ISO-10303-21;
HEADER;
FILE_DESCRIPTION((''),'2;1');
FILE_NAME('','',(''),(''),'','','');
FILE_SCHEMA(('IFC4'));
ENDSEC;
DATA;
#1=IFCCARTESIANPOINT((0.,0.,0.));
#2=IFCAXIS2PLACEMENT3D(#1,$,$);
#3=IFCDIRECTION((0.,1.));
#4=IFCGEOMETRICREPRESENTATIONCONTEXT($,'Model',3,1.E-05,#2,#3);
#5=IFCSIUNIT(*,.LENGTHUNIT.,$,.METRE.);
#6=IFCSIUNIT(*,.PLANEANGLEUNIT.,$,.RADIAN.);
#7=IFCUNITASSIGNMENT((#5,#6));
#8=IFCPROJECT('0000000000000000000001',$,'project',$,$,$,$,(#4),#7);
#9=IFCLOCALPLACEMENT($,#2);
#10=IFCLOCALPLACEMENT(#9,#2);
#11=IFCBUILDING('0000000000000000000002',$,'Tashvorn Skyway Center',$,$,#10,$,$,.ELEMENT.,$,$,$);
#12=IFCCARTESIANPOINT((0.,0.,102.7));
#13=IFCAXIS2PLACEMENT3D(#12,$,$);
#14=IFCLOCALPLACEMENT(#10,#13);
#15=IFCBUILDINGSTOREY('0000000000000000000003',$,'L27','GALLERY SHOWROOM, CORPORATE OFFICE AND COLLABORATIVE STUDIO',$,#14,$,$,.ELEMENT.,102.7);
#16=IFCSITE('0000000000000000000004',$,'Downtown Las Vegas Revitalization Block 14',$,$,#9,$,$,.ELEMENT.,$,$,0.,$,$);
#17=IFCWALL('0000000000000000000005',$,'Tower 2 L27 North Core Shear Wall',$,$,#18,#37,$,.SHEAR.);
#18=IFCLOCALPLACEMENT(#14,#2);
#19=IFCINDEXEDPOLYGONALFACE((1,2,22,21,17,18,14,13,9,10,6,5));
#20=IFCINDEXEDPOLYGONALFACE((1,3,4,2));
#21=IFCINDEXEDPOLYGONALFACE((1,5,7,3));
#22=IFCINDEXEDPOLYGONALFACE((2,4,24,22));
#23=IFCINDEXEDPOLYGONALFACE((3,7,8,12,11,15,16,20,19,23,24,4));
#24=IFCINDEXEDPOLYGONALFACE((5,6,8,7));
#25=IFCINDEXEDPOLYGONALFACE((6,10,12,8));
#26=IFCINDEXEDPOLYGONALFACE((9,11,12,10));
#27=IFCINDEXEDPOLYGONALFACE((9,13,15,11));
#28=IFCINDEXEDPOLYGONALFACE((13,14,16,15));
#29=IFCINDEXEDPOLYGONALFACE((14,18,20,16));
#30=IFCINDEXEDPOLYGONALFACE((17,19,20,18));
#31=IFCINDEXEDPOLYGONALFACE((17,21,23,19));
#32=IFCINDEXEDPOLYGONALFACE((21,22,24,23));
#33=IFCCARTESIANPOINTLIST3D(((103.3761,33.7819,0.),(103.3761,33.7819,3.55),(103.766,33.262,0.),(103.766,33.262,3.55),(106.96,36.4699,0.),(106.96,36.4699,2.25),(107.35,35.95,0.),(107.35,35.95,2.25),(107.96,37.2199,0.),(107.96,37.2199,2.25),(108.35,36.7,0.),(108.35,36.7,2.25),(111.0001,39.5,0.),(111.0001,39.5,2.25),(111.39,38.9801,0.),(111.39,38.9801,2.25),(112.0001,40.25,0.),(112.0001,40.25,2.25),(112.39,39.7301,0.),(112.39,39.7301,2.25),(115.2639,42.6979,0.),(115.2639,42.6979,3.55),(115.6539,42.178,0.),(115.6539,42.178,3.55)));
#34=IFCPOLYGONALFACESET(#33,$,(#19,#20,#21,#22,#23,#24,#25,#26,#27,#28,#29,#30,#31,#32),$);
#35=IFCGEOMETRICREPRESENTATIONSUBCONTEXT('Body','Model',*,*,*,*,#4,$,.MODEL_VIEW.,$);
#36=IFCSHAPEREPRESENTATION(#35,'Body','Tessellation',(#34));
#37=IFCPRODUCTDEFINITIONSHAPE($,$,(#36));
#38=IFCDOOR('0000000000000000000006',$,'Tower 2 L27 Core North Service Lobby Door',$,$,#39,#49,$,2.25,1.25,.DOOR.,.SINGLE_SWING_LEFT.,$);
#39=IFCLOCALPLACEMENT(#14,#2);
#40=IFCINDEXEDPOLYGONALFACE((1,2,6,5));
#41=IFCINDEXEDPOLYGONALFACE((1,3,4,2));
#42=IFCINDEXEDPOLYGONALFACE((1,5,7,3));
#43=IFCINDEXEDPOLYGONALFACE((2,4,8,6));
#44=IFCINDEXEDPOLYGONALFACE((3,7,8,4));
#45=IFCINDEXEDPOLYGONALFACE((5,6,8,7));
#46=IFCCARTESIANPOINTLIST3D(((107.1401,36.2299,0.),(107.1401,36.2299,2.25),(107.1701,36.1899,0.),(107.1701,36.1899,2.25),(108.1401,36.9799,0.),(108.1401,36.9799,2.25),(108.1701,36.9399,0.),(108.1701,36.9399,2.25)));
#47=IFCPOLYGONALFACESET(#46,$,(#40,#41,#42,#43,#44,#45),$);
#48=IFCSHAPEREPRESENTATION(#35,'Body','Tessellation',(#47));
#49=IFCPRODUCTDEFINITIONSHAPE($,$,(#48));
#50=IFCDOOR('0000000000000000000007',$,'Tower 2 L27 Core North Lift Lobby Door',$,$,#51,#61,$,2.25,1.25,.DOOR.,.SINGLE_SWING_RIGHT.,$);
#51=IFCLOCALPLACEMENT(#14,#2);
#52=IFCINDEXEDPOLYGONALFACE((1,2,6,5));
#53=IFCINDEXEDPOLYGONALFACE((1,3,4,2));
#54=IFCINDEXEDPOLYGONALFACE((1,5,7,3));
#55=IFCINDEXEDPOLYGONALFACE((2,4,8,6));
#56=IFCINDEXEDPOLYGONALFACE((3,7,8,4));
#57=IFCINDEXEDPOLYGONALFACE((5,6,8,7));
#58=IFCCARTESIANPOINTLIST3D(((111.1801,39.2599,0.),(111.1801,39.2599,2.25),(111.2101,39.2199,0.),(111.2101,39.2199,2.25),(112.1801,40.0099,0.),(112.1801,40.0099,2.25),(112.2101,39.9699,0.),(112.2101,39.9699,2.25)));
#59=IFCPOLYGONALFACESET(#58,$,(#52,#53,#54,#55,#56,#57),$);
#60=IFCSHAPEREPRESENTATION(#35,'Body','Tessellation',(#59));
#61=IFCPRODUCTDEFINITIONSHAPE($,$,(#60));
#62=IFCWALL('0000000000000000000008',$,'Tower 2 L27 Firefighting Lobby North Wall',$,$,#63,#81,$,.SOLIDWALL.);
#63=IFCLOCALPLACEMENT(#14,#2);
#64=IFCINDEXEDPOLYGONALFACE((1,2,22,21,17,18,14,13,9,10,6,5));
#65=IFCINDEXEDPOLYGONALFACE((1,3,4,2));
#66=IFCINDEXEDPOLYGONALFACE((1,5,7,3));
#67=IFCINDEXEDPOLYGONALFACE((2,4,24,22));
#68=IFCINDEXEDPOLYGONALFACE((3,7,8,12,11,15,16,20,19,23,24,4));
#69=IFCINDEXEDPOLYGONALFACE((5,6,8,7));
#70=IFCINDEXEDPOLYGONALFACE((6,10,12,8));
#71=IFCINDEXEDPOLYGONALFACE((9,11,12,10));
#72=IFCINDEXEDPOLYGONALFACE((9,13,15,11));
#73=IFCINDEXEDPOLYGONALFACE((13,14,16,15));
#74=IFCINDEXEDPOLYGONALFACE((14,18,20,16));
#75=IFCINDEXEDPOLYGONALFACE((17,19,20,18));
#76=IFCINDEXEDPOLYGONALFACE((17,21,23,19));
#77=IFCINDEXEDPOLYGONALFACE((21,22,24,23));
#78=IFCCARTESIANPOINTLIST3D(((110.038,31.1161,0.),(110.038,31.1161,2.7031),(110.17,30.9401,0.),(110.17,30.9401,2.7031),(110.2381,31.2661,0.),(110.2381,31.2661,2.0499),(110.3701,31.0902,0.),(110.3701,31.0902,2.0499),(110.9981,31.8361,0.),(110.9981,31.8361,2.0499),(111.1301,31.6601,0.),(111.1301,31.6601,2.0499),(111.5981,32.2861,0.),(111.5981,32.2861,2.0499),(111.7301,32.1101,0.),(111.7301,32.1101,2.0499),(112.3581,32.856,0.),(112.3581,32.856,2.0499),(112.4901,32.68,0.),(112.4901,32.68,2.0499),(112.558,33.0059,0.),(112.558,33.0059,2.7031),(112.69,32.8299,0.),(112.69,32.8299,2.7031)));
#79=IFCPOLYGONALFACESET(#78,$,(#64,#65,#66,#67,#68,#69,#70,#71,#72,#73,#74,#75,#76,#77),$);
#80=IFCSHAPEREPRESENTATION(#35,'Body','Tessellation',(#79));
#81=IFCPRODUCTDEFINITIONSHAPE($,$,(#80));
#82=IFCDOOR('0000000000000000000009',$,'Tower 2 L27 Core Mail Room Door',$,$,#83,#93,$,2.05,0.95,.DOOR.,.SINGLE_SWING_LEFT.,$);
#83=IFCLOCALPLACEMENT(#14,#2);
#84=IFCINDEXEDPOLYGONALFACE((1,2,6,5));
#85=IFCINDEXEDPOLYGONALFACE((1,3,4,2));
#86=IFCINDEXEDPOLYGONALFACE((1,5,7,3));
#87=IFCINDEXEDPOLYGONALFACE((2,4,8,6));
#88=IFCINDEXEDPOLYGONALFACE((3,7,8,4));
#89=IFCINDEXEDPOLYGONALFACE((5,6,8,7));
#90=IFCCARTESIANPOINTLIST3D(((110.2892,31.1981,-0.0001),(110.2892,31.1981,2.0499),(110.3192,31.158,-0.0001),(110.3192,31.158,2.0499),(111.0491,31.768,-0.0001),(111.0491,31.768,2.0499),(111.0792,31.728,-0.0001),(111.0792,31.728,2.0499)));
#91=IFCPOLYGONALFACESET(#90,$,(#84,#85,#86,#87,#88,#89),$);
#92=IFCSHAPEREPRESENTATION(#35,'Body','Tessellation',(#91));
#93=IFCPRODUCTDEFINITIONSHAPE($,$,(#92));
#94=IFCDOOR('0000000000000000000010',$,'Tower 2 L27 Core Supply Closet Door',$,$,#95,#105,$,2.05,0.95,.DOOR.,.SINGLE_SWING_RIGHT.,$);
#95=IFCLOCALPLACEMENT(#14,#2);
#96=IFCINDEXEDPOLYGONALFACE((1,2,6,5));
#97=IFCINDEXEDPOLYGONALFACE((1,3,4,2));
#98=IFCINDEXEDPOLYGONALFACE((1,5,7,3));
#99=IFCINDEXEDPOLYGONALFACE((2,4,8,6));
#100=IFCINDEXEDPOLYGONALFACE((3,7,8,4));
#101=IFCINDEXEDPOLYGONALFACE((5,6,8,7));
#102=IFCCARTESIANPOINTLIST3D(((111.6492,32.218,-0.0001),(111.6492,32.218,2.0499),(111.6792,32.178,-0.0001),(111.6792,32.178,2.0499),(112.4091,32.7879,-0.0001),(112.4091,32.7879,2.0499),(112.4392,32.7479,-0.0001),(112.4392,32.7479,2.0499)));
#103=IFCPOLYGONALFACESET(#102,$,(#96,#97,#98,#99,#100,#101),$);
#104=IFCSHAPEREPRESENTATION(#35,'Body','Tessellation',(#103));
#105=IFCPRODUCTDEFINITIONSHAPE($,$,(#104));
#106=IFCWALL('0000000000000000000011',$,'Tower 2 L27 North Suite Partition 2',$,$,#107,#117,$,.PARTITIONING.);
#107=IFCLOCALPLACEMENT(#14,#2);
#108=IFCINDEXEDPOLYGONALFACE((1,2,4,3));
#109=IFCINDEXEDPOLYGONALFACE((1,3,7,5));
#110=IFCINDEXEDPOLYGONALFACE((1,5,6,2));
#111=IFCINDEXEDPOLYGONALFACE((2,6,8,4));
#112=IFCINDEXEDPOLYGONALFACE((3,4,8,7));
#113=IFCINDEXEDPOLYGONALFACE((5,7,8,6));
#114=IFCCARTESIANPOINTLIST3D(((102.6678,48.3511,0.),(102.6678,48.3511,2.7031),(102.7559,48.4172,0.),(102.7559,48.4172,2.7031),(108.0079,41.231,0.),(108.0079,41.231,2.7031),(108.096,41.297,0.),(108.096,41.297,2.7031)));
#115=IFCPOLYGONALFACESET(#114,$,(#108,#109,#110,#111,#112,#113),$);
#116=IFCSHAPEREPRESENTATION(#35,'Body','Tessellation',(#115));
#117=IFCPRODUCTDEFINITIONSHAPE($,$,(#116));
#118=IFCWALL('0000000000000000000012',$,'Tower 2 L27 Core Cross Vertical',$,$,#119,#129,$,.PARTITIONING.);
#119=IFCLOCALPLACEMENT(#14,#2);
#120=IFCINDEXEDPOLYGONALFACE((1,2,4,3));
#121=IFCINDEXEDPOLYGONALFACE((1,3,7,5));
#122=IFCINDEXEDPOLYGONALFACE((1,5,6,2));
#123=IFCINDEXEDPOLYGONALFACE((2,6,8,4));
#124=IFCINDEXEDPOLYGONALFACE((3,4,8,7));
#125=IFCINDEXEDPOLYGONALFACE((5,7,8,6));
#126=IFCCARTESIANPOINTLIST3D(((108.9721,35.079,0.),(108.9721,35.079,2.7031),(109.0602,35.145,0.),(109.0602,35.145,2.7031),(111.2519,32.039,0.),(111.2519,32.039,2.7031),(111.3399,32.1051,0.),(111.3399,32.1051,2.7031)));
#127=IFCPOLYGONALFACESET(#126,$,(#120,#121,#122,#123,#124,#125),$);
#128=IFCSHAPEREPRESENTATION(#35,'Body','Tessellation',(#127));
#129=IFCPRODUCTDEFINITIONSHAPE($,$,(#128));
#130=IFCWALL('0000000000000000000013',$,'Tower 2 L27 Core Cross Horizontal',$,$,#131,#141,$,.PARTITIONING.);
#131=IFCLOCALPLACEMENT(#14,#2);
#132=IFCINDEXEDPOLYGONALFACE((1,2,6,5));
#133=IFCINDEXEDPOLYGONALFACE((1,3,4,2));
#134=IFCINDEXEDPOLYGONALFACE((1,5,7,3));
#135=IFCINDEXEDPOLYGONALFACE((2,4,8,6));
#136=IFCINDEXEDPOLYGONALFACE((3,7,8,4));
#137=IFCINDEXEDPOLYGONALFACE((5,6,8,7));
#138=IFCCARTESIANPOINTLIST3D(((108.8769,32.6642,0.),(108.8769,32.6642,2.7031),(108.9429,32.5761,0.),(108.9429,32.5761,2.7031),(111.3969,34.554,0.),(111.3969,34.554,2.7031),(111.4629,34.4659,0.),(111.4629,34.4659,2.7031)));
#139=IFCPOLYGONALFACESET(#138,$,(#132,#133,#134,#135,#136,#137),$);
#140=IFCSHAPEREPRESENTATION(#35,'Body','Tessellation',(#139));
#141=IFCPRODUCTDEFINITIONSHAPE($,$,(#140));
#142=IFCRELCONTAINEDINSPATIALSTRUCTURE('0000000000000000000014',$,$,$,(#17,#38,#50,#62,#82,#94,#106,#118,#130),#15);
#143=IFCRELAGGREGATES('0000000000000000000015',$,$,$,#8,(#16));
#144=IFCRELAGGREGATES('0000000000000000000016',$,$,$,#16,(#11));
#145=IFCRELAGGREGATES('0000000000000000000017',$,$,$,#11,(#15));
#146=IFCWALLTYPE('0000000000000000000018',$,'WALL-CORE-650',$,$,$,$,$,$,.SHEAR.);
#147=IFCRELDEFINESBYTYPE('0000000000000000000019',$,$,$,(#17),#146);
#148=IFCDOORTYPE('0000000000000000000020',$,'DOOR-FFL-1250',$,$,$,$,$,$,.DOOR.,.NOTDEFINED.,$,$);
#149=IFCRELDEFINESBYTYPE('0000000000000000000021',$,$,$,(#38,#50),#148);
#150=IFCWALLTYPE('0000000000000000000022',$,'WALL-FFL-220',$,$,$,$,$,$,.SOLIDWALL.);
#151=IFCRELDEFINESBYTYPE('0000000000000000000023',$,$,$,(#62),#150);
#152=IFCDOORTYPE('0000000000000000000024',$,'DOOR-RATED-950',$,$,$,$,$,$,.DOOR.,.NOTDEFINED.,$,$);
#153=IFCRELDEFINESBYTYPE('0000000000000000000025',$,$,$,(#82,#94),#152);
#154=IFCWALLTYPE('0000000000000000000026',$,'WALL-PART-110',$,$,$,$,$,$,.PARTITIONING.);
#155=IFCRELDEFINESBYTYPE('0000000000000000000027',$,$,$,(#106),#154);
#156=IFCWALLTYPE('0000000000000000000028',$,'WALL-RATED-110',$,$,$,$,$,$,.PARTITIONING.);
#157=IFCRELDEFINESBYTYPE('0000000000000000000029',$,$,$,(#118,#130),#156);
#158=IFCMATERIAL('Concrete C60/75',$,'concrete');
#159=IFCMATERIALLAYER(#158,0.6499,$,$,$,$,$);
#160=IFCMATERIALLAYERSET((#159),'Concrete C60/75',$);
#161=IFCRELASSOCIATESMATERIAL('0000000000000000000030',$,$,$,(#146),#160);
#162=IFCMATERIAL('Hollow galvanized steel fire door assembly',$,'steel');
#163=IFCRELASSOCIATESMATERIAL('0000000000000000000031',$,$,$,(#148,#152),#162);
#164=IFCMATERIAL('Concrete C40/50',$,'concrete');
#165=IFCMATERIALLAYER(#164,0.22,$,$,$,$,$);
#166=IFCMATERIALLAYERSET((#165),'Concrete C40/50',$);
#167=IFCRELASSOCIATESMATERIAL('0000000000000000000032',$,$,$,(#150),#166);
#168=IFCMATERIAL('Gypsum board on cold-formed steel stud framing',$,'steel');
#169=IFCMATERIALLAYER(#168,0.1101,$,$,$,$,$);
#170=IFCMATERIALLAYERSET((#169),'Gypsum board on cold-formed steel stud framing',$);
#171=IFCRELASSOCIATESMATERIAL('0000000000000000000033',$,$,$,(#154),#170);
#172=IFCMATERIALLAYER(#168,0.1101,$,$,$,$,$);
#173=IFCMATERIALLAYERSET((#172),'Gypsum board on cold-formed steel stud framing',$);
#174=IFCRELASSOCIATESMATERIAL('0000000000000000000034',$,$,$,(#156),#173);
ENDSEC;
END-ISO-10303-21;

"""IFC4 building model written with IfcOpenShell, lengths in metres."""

from ifc_helpers import new_model, si_unit, direction, frame, frame_2d, origin, place, context, subcontext, project, spatial, rectangle, extrude, material, layer, layer_set, type_object, element, fill, save


model = new_model("IFC4")

# Units and contexts
model_context = context("Model", 3, precision=1e-05, world=origin(), true_north=direction((0.0, 1.0)))
body_context = subcontext(model_context, "Body", "Model", "MODEL_VIEW")
ifc_project = project(units=[si_unit("LENGTHUNIT", "METRE"), si_unit("PLANEANGLEUNIT", "RADIAN")], contexts=[model_context])

# Site, building, storey
site_placement = place(None, origin())
site = spatial("IfcSite", under=ifc_project, at=site_placement, Name="Downtown Las Vegas Revitalization Block 14", CompositionType="ELEMENT", RefElevation=0.0)
building_placement = place(site_placement, origin())
building = spatial("IfcBuilding", under=site, at=building_placement, Name="Tashvorn Skyway Center", CompositionType="ELEMENT")
storey_placement = place(building_placement, frame((0.0, 0.0, 102.7)))
storey = spatial("IfcBuildingStorey", under=building, at=storey_placement, Name="L27", Description="GALLERY SHOWROOM, CORPORATE OFFICE AND COLLABORATIVE STUDIO", CompositionType="ELEMENT", Elevation=102.7)

# Walls, openings, doors
ifc_material_1 = material(Name="Concrete C60/75", Category="concrete")
ifc_layer_1 = layer(ifc_material_1, 0.6499)
ifc_layer_set_1 = layer_set([ifc_layer_1], Name="Concrete C60/75")
wall_type_1 = type_object("IfcWallType", Name="WALL-CORE-650", PredefinedType="SHEAR", material=ifc_layer_set_1)
wall_1_placement = place(storey_placement, frame((103.571, 33.522, 0.0), z_axis=(0.0, 0.0, 1.0), x_axis=(0.799998, 0.600003, 0.0)))
wall_1 = element("IfcWall", 1, at=wall_1_placement, inside=storey, type_object=wall_type_1, Name="Tower 2 L27 North Core Shear Wall", PredefinedType="SHEAR", context=body_context, shape_type="SweptSolid", body=[
    extrude(rectangle(XDim=14.8599, YDim=0.6499, at=frame_2d((7.4299, 0.0))), origin(), (0.0, 0.0, 1.0), 3.55),
])
opening_1_placement = place(wall_1_placement, frame((4.48, 0.0, 0.0)))
opening_1 = element("IfcOpeningElement", 2, at=opening_1_placement, cuts=wall_1, PredefinedType="OPENING", context=body_context, shape_type="SweptSolid", body=[
    extrude(rectangle(XDim=1.25, YDim=2.25, at=frame_2d((0.625, 1.125))), frame((0.0, 0.335, 0.0), z_axis=(0.0, -1.0, 0.0), x_axis=(1.0, 0.0, 0.0)), (0.0, 0.0, 1.0), 0.6699),
])
opening_2_placement = place(wall_1_placement, frame((9.53, 0.0, 0.0)))
opening_2 = element("IfcOpeningElement", 3, at=opening_2_placement, cuts=wall_1, PredefinedType="OPENING", context=body_context, shape_type="SweptSolid", body=[
    extrude(rectangle(XDim=1.25, YDim=2.25, at=frame_2d((0.625, 1.125))), frame((0.0, 0.335, 0.0), z_axis=(0.0, -1.0, 0.0), x_axis=(1.0, 0.0, 0.0)), (0.0, 0.0, 1.0), 0.6699),
])
ifc_material_2 = material(Name="Hollow galvanized steel fire door assembly", Category="steel")
door_type_1 = type_object("IfcDoorType", Name="DOOR-FFL-1250", OperationType="NOTDEFINED", PredefinedType="DOOR", material=ifc_material_2)
door_1_placement = place(opening_1_placement, origin())
door_1 = element("IfcDoor", 4, at=door_1_placement, inside=storey, type_object=door_type_1, Name="Tower 2 L27 Core North Service Lobby Door", OperationType="SINGLE_SWING_LEFT", OverallHeight=2.25, OverallWidth=1.25, PredefinedType="DOOR", context=body_context, shape_type="SweptSolid", body=[
    extrude(rectangle(XDim=1.25, YDim=2.25, at=frame_2d((0.625, 1.125))), frame((0.0, 0.0249, 0.0), z_axis=(0.0, -1.0, 0.0), x_axis=(1.0, 0.0, 0.0)), (0.0, 0.0, 1.0), 0.05),
])
fill(opening_1, door_1)
door_2_placement = place(opening_2_placement, origin())
door_2 = element("IfcDoor", 5, at=door_2_placement, inside=storey, type_object=door_type_1, Name="Tower 2 L27 Core North Lift Lobby Door", OperationType="SINGLE_SWING_RIGHT", OverallHeight=2.25, OverallWidth=1.25, PredefinedType="DOOR", context=body_context, shape_type="SweptSolid", body=[
    extrude(rectangle(XDim=1.25, YDim=2.25, at=frame_2d((0.625, 1.125))), frame((0.0, 0.0249, 0.0), z_axis=(0.0, -1.0, 0.0), x_axis=(1.0, 0.0, 0.0)), (0.0, 0.0, 1.0), 0.05),
])
fill(opening_2, door_2)
ifc_material_3 = material(Name="Concrete C40/50", Category="concrete")
ifc_layer_2 = layer(ifc_material_3, 0.22)
ifc_layer_set_2 = layer_set([ifc_layer_2], Name="Concrete C40/50")
wall_type_2 = type_object("IfcWallType", Name="WALL-FFL-220", PredefinedType="SOLIDWALL", material=ifc_layer_set_2)
wall_2_placement = place(storey_placement, frame((110.104, 31.0281, 0.0), z_axis=(0.0, 0.0, 1.0), x_axis=(0.800019, 0.599975, 0.0)))
wall_2 = element("IfcWall", 6, at=wall_2_placement, inside=storey, type_object=wall_type_2, Name="Tower 2 L27 Firefighting Lobby North Wall", PredefinedType="SOLIDWALL", context=body_context, shape_type="SweptSolid", body=[
    extrude(rectangle(XDim=3.1499, YDim=0.22, at=frame_2d((1.575, 0.0))), origin(), (0.0, 0.0, 1.0), 2.7031),
])
opening_3_placement = place(wall_2_placement, frame((0.25, 0.0, 0.0)))
opening_3 = element("IfcOpeningElement", 7, at=opening_3_placement, cuts=wall_2, PredefinedType="OPENING", context=body_context, shape_type="SweptSolid", body=[
    extrude(rectangle(XDim=0.95, YDim=2.05, at=frame_2d((0.4751, 1.0249))), frame((0.0, 0.1199, 0.0), z_axis=(0.0, -1.0, 0.0), x_axis=(1.0, 0.0, 0.0)), (0.0, 0.0, 1.0), 0.24),
])
opening_4_placement = place(wall_2_placement, frame((1.95, 0.0, 0.0)))
opening_4 = element("IfcOpeningElement", 8, at=opening_4_placement, cuts=wall_2, PredefinedType="OPENING", context=body_context, shape_type="SweptSolid", body=[
    extrude(rectangle(XDim=0.95, YDim=2.05, at=frame_2d((0.4751, 1.0249))), frame((0.0, 0.1199, 0.0), z_axis=(0.0, -1.0, 0.0), x_axis=(1.0, 0.0, 0.0)), (0.0, 0.0, 1.0), 0.24),
])
door_type_2 = type_object("IfcDoorType", Name="DOOR-RATED-950", OperationType="NOTDEFINED", PredefinedType="DOOR", material=ifc_material_2)
door_3_placement = place(opening_3_placement, origin())
door_3 = element("IfcDoor", 9, at=door_3_placement, inside=storey, type_object=door_type_2, Name="Tower 2 L27 Core Mail Room Door", OperationType="SINGLE_SWING_LEFT", OverallHeight=2.05, OverallWidth=0.95, PredefinedType="DOOR", context=body_context, shape_type="SweptSolid", body=[
    extrude(rectangle(XDim=0.95, YDim=2.05, at=frame_2d((0.4751, 1.0249))), frame((0.0, 0.0249, 0.0), z_axis=(0.0, -1.0, 0.0), x_axis=(1.0, 0.0, 0.0)), (0.0, 0.0, 1.0), 0.05),
])
fill(opening_3, door_3)
door_4_placement = place(opening_4_placement, origin())
door_4 = element("IfcDoor", 10, at=door_4_placement, inside=storey, type_object=door_type_2, Name="Tower 2 L27 Core Supply Closet Door", OperationType="SINGLE_SWING_RIGHT", OverallHeight=2.05, OverallWidth=0.95, PredefinedType="DOOR", context=body_context, shape_type="SweptSolid", body=[
    extrude(rectangle(XDim=0.95, YDim=2.05, at=frame_2d((0.4751, 1.0249))), frame((0.0, 0.0249, 0.0), z_axis=(0.0, -1.0, 0.0), x_axis=(1.0, 0.0, 0.0)), (0.0, 0.0, 1.0), 0.05),
])
fill(opening_4, door_4)

# Walls
ifc_material_4 = material(Name="Gypsum board on cold-formed steel stud framing", Category="steel")
ifc_layer_3 = layer(ifc_material_4, 0.1101)
ifc_layer_set_3 = layer_set([ifc_layer_3], Name="Gypsum board on cold-formed steel stud framing")
wall_type_3 = type_object("IfcWallType", Name="WALL-PART-110", PredefinedType="PARTITIONING", material=ifc_layer_set_3)
wall_3_placement = place(storey_placement, frame((108.052, 41.2639, 0.0), z_axis=(0.0, 0.0, 1.0), x_axis=(-0.6, 0.8, 0.0)))
element("IfcWall", 11, at=wall_3_placement, inside=storey, type_object=wall_type_3, Name="Tower 2 L27 North Suite Partition 2", PredefinedType="PARTITIONING", context=body_context, shape_type="SweptSolid", body=[
    extrude(rectangle(XDim=8.9001, YDim=0.1101, at=frame_2d((4.4502, 0.0))), origin(), (0.0, 0.0, 1.0), 2.7031),
])
ifc_layer_4 = layer(ifc_material_4, 0.1101)
ifc_layer_set_4 = layer_set([ifc_layer_4], Name="Gypsum board on cold-formed steel stud framing")
wall_type_4 = type_object("IfcWallType", Name="WALL-RATED-110", PredefinedType="PARTITIONING", material=ifc_layer_set_4)
wall_4_placement = place(storey_placement, frame((111.2959, 32.072, 0.0), z_axis=(0.0, 0.0, 1.0), x_axis=(-0.599959, 0.800031, 0.0)))
element("IfcWall", 12, at=wall_4_placement, inside=storey, type_object=wall_type_4, Name="Tower 2 L27 Core Cross Vertical", PredefinedType="PARTITIONING", context=body_context, shape_type="SweptSolid", body=[
    extrude(rectangle(XDim=3.7998, YDim=0.1101, at=frame_2d((1.8999, 0.0))), origin(), (0.0, 0.0, 1.0), 2.7031),
])
wall_5_placement = place(storey_placement, frame((108.9099, 32.6201, 0.0), z_axis=(0.0, 0.0, 1.0), x_axis=(0.800019, 0.599975, 0.0)))
element("IfcWall", 13, at=wall_5_placement, inside=storey, type_object=wall_type_4, Name="Tower 2 L27 Core Cross Horizontal", PredefinedType="PARTITIONING", context=body_context, shape_type="SweptSolid", body=[
    extrude(rectangle(XDim=3.1499, YDim=0.1101, at=frame_2d((1.575, 0.0))), origin(), (0.0, 0.0, 1.0), 2.7031),
])

save(model, "model.ifc")
